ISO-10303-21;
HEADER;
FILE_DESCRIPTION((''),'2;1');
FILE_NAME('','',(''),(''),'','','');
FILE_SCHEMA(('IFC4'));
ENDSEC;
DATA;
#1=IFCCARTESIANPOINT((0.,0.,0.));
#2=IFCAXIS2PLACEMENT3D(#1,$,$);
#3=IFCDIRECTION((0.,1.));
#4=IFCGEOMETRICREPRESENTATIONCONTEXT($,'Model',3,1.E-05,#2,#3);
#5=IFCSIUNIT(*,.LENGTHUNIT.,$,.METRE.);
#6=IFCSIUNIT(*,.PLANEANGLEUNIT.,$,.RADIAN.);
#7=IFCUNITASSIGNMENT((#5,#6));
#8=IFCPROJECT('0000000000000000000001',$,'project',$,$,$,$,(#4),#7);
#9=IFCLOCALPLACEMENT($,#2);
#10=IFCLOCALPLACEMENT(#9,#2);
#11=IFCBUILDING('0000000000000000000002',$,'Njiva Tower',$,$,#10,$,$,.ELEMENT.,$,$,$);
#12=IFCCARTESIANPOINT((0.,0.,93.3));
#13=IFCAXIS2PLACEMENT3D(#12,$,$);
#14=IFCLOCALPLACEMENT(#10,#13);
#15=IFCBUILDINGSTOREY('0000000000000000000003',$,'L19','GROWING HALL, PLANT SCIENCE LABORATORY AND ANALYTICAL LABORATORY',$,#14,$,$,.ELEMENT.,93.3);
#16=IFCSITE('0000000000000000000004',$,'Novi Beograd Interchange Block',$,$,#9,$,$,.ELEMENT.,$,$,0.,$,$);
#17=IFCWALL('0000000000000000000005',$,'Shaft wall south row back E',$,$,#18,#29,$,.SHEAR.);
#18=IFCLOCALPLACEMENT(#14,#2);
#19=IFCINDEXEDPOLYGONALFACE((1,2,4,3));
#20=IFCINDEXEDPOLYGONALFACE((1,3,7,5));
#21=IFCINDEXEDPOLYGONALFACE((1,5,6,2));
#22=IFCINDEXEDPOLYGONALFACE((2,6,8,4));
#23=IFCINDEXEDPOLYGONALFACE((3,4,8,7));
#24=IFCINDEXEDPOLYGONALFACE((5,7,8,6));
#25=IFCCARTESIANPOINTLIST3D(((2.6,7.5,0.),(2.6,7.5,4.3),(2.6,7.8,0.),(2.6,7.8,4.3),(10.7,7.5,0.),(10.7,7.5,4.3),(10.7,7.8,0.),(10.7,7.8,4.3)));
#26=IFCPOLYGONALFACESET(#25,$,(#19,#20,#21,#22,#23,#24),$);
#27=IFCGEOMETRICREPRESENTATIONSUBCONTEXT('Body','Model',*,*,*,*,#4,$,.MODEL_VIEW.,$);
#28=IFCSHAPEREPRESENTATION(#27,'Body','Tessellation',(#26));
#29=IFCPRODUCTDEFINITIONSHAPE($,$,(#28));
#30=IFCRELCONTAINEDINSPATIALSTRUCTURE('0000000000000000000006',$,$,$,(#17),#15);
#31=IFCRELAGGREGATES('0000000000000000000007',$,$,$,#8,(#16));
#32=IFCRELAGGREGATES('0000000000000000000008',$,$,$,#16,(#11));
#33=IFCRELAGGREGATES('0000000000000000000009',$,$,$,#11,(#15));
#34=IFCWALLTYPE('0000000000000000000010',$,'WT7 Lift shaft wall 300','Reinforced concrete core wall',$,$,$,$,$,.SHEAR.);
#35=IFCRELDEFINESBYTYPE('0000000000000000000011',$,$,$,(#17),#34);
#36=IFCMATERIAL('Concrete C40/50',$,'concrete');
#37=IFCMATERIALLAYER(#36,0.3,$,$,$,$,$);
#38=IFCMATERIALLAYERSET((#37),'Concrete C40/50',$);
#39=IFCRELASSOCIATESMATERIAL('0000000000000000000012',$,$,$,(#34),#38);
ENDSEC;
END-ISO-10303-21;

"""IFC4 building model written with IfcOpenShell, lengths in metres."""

from ifc_helpers import new_model, si_unit, direction, frame, frame_2d, origin, place, context, subcontext, project, spatial, rectangle, extrude, material, layer, layer_set, type_object, element, save


model = new_model("IFC4")

# Units and contexts
model_context = context("Model", 3, precision=1e-05, world=origin(), true_north=direction((0.0, 1.0)))
body_context = subcontext(model_context, "Body", "Model", "MODEL_VIEW")
ifc_project = project(units=[si_unit("LENGTHUNIT", "METRE"), si_unit("PLANEANGLEUNIT", "RADIAN")], contexts=[model_context])

# Site, building, storey
site_placement = place(None, origin())
site = spatial("IfcSite", under=ifc_project, at=site_placement, Name="Novi Beograd Interchange Block", CompositionType="ELEMENT", RefElevation=0.0)
building_placement = place(site_placement, origin())
building = spatial("IfcBuilding", under=site, at=building_placement, Name="Njiva Tower", CompositionType="ELEMENT")
storey_placement = place(building_placement, frame((0.0, 0.0, 93.3)))
storey = spatial("IfcBuildingStorey", under=building, at=storey_placement, Name="L19", Description="GROWING HALL, PLANT SCIENCE LABORATORY AND ANALYTICAL LABORATORY", CompositionType="ELEMENT", Elevation=93.3)

# Shared definitions
ifc_material_1 = material(Name="Concrete C40/50", Category="concrete")

# Wall
ifc_layer_1 = layer(ifc_material_1, 0.3)
ifc_layer_set_1 = layer_set([ifc_layer_1], Name="Concrete C40/50")
wall_type_1 = type_object("IfcWallType", Name="WT7 Lift shaft wall 300", Description="Reinforced concrete core wall", PredefinedType="SHEAR", material=ifc_layer_set_1)
wall_1_placement = place(storey_placement, frame((2.6, 7.65, 0.0), z_axis=(0.0, 0.0, 1.0), x_axis=(1.0, 0.0, 0.0)))
element("IfcWall", 1, at=wall_1_placement, inside=storey, type_object=wall_type_1, Name="Shaft wall south row back E", PredefinedType="SHEAR", context=body_context, shape_type="SweptSolid", body=[
    extrude(rectangle(XDim=8.1, YDim=0.3, at=frame_2d((4.05, 0.0))), origin(), (0.0, 0.0, 1.0), 4.3),
])

save(model, "model.ifc")
